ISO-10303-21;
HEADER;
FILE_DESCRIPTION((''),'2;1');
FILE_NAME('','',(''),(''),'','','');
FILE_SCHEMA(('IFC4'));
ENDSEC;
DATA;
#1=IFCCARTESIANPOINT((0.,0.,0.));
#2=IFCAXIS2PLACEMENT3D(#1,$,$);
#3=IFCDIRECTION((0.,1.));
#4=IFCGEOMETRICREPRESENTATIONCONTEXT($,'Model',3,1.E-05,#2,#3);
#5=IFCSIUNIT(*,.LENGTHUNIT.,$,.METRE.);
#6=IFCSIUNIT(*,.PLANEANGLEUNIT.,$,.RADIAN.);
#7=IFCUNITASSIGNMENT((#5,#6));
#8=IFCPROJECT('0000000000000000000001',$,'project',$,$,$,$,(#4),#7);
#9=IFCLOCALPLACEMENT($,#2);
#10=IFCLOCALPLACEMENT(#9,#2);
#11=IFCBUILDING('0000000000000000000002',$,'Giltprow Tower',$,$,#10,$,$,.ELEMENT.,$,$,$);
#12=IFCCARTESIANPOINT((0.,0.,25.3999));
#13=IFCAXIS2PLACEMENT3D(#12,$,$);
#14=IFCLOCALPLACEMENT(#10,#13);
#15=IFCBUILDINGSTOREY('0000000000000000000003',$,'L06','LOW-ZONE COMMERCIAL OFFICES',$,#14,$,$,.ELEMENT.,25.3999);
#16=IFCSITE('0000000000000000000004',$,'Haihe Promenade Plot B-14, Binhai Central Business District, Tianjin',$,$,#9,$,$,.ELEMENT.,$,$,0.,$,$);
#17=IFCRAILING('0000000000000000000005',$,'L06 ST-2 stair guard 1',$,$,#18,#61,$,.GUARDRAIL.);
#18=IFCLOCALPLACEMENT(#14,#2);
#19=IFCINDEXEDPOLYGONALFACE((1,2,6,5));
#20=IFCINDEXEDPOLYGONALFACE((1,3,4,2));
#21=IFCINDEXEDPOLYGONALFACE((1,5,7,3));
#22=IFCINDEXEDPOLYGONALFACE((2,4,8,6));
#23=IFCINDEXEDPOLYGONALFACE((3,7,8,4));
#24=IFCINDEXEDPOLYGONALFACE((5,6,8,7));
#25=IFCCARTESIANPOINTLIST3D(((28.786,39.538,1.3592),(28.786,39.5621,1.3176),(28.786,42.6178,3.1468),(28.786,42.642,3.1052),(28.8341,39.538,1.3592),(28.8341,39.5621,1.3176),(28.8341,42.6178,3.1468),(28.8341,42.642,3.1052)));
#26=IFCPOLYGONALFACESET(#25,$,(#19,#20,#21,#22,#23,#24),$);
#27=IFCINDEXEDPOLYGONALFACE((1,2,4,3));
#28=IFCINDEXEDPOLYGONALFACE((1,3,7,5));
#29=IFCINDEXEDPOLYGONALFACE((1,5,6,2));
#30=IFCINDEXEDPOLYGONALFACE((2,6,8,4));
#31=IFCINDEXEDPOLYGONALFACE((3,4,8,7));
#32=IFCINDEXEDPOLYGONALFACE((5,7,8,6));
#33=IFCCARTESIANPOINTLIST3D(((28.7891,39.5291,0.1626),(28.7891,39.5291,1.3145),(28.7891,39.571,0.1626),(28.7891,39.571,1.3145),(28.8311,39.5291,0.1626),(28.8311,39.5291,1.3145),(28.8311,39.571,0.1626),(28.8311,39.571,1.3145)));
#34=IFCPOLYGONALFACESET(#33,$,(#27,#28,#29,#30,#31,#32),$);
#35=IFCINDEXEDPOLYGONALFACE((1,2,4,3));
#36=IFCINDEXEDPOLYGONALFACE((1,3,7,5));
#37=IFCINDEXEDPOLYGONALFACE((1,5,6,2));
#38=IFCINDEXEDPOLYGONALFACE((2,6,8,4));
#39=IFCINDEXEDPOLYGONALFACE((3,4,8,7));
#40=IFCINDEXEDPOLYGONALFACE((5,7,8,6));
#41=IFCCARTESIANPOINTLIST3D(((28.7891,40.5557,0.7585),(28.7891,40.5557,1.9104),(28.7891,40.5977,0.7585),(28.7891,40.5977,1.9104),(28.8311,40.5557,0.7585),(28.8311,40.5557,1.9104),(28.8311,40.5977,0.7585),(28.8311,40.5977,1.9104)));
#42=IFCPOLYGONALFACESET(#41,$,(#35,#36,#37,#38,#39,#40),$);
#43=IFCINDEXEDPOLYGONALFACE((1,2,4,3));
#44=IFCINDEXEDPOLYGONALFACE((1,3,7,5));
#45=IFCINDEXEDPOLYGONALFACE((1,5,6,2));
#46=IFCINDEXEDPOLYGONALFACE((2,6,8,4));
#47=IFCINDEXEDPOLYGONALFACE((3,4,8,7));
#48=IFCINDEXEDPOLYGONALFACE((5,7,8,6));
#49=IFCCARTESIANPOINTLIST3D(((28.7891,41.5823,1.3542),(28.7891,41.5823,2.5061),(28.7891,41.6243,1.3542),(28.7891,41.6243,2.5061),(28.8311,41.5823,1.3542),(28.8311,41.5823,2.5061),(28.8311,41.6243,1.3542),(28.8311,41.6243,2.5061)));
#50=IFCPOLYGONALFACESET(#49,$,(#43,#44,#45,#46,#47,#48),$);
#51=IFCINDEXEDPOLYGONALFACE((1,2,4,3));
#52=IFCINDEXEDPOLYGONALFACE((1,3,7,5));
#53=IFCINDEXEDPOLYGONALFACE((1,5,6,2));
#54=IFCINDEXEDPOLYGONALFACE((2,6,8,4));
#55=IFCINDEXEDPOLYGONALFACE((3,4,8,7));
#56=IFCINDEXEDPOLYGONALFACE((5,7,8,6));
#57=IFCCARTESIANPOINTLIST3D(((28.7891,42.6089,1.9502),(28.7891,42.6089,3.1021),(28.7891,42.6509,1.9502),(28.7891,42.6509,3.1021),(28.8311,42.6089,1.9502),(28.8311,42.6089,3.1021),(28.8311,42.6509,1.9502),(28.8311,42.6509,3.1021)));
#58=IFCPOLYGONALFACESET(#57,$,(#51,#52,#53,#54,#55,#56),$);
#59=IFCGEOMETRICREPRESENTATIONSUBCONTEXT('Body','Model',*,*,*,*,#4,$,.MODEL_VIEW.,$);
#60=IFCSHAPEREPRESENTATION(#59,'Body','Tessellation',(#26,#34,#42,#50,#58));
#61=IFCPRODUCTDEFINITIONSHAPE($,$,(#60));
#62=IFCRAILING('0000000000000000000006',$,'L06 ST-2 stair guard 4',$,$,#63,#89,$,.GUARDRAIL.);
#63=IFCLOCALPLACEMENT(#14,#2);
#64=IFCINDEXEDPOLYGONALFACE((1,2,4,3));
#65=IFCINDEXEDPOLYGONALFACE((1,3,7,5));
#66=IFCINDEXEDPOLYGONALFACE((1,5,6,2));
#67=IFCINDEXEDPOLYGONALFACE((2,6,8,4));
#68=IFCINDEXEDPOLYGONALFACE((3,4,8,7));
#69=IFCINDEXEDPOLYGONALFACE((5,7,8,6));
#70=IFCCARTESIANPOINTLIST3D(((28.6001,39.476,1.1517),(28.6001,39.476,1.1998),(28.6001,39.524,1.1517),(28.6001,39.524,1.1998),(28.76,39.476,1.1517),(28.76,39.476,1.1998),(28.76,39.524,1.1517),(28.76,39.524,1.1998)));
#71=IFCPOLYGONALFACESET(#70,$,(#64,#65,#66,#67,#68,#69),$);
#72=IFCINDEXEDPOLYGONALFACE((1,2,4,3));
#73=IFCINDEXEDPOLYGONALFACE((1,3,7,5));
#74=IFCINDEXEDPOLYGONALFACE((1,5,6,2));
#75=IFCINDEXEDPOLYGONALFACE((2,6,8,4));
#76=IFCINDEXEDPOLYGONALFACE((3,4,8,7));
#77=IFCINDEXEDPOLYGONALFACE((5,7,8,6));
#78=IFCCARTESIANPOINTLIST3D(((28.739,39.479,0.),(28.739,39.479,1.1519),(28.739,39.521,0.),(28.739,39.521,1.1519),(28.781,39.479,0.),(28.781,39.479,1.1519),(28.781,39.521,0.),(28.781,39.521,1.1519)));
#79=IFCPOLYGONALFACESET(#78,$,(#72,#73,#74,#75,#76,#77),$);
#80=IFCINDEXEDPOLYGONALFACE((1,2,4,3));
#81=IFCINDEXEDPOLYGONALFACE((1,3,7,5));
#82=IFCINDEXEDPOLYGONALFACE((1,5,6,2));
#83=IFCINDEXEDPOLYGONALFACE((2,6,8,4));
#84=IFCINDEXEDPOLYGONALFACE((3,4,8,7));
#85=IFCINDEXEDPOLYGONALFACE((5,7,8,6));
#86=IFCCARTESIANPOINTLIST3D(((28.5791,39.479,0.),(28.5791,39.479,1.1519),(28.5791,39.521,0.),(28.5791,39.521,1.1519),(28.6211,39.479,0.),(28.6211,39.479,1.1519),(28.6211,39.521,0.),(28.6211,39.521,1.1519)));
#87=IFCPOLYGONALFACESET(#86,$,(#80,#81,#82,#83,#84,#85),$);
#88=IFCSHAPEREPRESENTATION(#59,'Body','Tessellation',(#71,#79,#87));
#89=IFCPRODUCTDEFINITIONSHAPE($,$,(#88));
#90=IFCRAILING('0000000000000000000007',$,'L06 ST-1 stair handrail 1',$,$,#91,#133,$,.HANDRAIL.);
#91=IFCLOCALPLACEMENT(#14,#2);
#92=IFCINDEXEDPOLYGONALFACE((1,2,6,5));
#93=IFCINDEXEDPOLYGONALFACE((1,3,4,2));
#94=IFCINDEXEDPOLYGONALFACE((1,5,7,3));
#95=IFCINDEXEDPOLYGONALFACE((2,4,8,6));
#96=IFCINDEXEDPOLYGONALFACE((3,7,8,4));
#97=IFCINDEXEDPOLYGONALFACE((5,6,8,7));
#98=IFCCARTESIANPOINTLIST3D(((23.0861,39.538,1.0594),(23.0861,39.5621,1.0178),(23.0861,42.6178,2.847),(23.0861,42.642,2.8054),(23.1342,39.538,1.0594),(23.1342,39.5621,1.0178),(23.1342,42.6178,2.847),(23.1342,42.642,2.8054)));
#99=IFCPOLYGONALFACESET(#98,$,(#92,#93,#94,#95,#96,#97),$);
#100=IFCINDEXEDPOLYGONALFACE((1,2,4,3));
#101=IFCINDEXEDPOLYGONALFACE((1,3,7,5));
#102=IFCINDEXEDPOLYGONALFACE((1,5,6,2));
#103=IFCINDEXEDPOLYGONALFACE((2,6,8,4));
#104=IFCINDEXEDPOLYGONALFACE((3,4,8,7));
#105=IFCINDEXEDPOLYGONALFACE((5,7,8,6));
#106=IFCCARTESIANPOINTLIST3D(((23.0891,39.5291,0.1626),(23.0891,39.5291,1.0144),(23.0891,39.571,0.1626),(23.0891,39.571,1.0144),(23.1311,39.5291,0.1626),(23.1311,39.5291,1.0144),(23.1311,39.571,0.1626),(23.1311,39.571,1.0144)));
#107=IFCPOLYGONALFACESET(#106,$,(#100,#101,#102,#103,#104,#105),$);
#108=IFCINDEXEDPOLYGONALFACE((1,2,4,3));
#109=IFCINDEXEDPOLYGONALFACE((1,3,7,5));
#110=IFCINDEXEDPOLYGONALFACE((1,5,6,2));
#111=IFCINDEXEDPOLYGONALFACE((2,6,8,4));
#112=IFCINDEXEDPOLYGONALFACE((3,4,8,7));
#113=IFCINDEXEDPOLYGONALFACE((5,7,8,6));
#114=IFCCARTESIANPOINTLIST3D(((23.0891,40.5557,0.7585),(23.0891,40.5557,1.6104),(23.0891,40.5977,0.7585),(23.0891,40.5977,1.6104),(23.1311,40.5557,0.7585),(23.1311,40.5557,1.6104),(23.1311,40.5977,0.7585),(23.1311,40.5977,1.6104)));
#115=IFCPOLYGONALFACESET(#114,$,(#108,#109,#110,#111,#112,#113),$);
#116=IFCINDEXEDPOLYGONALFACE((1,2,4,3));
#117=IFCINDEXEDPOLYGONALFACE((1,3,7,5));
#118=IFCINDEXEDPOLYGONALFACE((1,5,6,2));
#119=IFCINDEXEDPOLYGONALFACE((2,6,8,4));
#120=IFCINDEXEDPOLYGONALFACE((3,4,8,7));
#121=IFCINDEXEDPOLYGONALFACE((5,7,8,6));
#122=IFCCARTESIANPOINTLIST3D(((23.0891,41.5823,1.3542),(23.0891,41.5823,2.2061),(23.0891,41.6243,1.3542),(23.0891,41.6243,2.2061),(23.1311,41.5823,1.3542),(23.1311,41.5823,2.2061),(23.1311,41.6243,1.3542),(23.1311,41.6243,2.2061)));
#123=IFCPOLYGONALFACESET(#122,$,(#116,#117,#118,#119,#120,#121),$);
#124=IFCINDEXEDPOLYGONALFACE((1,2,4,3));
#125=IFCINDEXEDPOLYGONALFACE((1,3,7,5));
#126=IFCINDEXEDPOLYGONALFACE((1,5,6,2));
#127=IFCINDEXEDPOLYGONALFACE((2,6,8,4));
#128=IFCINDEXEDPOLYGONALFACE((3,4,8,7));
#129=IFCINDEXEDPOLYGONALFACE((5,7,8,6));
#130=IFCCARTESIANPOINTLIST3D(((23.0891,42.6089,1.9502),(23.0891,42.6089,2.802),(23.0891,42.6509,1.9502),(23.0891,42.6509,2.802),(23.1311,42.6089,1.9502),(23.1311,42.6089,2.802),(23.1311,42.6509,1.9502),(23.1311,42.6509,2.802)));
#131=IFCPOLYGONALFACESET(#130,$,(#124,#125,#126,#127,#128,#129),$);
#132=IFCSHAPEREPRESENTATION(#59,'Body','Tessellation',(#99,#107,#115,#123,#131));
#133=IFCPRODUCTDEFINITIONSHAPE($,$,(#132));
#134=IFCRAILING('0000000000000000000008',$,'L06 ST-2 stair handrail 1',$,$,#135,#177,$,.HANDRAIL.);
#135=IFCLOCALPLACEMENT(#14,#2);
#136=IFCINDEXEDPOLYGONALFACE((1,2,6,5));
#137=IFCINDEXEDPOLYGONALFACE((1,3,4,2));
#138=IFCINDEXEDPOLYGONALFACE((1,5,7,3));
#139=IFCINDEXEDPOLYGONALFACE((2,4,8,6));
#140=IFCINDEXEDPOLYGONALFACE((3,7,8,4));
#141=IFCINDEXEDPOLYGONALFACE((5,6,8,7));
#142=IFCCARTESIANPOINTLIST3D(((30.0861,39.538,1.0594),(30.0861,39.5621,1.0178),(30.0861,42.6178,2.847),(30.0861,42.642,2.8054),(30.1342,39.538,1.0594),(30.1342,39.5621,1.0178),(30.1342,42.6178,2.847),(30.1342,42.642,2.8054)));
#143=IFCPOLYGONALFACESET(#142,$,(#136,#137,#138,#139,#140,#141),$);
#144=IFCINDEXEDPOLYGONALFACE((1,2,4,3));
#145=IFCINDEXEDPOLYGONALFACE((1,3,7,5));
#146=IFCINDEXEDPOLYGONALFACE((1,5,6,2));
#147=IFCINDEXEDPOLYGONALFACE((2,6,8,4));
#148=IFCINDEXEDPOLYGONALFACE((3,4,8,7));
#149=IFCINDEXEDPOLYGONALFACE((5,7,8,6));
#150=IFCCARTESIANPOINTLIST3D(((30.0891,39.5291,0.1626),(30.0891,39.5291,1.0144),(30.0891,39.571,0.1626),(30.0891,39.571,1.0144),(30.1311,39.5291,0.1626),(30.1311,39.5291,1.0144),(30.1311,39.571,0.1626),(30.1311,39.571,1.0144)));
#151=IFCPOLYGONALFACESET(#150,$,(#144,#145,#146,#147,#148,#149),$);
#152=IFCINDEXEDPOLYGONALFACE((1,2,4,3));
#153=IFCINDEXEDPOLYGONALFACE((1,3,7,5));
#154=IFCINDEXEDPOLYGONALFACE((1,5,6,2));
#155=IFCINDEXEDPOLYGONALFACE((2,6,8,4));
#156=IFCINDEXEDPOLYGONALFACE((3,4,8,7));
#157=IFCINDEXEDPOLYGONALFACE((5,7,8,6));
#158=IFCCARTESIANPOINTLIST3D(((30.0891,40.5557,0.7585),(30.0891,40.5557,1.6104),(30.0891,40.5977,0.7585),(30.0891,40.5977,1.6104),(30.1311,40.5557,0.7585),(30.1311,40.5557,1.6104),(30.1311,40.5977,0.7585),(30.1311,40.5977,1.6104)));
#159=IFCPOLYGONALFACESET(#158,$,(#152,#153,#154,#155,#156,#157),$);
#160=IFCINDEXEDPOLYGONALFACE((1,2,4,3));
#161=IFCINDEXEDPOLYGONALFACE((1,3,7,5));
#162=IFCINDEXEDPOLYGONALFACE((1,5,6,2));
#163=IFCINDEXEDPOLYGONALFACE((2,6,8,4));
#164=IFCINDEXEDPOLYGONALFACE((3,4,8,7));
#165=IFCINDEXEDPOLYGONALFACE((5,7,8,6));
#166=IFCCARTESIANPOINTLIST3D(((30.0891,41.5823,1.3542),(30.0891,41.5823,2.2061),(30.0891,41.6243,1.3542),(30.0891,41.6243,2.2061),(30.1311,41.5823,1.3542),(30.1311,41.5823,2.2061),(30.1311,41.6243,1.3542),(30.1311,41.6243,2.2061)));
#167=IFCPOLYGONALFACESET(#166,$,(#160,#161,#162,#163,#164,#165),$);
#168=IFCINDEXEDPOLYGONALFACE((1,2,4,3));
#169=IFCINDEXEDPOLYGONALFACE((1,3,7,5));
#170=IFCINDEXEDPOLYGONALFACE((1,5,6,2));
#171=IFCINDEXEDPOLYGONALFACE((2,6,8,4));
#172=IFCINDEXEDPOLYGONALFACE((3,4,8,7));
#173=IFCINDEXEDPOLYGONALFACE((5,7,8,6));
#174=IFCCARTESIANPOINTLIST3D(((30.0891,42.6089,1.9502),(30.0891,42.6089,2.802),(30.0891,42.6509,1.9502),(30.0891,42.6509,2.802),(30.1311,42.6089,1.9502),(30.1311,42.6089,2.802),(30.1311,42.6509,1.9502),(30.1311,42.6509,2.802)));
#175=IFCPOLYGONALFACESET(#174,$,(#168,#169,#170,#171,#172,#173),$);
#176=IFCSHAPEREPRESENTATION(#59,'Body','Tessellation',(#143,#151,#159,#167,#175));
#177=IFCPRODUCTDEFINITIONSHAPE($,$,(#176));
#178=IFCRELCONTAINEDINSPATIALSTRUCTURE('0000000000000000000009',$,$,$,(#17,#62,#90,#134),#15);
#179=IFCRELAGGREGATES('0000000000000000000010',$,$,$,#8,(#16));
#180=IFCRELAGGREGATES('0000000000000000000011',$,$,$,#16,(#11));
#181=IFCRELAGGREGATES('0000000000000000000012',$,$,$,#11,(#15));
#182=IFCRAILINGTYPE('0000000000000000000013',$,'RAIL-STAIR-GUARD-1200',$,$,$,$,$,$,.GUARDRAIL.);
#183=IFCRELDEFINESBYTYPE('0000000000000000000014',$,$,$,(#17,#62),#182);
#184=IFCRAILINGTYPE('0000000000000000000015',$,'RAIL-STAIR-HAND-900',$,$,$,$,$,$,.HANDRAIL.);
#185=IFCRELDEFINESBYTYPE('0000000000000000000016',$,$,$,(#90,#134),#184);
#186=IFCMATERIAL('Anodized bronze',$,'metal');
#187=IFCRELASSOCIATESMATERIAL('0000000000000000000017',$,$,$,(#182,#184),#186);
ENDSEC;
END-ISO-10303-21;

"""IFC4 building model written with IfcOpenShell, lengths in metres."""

from ifc_helpers import new_model, si_unit, direction, frame, origin, origin_2d, place, context, subcontext, project, spatial, rectangle, extrude, material, type_object, element, save


model = new_model("IFC4")

# Units and contexts
model_context = context("Model", 3, precision=1e-05, world=origin(), true_north=direction((0.0, 1.0)))
body_context = subcontext(model_context, "Body", "Model", "MODEL_VIEW")
ifc_project = project(units=[si_unit("LENGTHUNIT", "METRE"), si_unit("PLANEANGLEUNIT", "RADIAN")], contexts=[model_context])

# Site, building, storey
site_placement = place(None, origin())
site = spatial("IfcSite", under=ifc_project, at=site_placement, Name="Haihe Promenade Plot B-14, Binhai Central Business District, Tianjin", CompositionType="ELEMENT", RefElevation=0.0)
building_placement = place(site_placement, origin())
building = spatial("IfcBuilding", under=site, at=building_placement, Name="Giltprow Tower", CompositionType="ELEMENT")
storey_placement = place(building_placement, frame((0.0, 0.0, 25.3999)))
storey = spatial("IfcBuildingStorey", under=building, at=storey_placement, Name="L06", Description="LOW-ZONE COMMERCIAL OFFICES", CompositionType="ELEMENT", Elevation=25.3999)

# Railings
ifc_material_1 = material(Name="Anodized bronze", Category="metal")
railing_type_1 = type_object("IfcRailingType", Name="RAIL-STAIR-GUARD-1200", PredefinedType="GUARDRAIL", material=ifc_material_1)
railing_1_placement = place(storey_placement, frame((28.8101, 39.55, 0.1626)))
element("IfcRailing", 1, at=railing_1_placement, inside=storey, type_object=railing_type_1, Name="L06 ST-2 stair guard 1", PredefinedType="GUARDRAIL", context=body_context, shape_type="SweptSolid", body=[
    extrude(rectangle(XDim=0.0481, YDim=0.0481, at=origin_2d()), frame((0.0, 0.0, 1.1758), z_axis=(0.0, 0.864873, 0.50199), x_axis=(-1.0, 0.0, 0.0)), (0.0, 0.0, 1.0), 3.561),
    extrude(rectangle(XDim=0.042, YDim=0.042, at=origin_2d()), origin(), (0.0, 0.0, 1.0), 1.1519),
    extrude(rectangle(XDim=0.042, YDim=0.042, at=origin_2d()), frame((0.0, 1.0266, 0.5959)), (0.0, 0.0, 1.0), 1.1519),
    extrude(rectangle(XDim=0.042, YDim=0.042, at=origin_2d()), frame((0.0, 2.0532, 1.1917)), (0.0, 0.0, 1.0), 1.1519),
    extrude(rectangle(XDim=0.042, YDim=0.042, at=origin_2d()), frame((0.0, 3.0798, 1.7876)), (0.0, 0.0, 1.0), 1.1519),
])
railing_2_placement = place(storey_placement, frame((28.76, 39.5, 0.0)))
element("IfcRailing", 2, at=railing_2_placement, inside=storey, type_object=railing_type_1, Name="L06 ST-2 stair guard 4", PredefinedType="GUARDRAIL", context=body_context, shape_type="SweptSolid", body=[
    extrude(rectangle(XDim=0.0481, YDim=0.0481, at=origin_2d()), frame((0.0, 0.0, 1.1758), z_axis=(-1.0, 0.0, 0.0), x_axis=(0.0, -1.0, 0.0)), (0.0, 0.0, 1.0), 0.1599),
    extrude(rectangle(XDim=0.042, YDim=0.042, at=origin_2d()), origin(), (0.0, 0.0, 1.0), 1.1519),
    extrude(rectangle(XDim=0.042, YDim=0.042, at=origin_2d()), frame((-0.1599, 0.0, 0.0)), (0.0, 0.0, 1.0), 1.1519),
])
railing_type_2 = type_object("IfcRailingType", Name="RAIL-STAIR-HAND-900", PredefinedType="HANDRAIL", material=ifc_material_1)
for number, where, name in (
    (3, (23.1101, 39.55, 0.1626), "L06 ST-1 stair handrail 1"),
    (4, (30.1101, 39.55, 0.1626), "L06 ST-2 stair handrail 1"),
):
    element("IfcRailing", number, at=place(storey_placement, frame(where)), inside=storey, type_object=railing_type_2, Name=name, PredefinedType="HANDRAIL", context=body_context, shape_type="SweptSolid", body=[
        extrude(rectangle(XDim=0.0481, YDim=0.0481, at=origin_2d()), frame((0.0, 0.0, 0.876), z_axis=(0.0, 0.864873, 0.50199), x_axis=(-1.0, 0.0, 0.0)), (0.0, 0.0, 1.0), 3.561),
        extrude(rectangle(XDim=0.042, YDim=0.042, at=origin_2d()), origin(), (0.0, 0.0, 1.0), 0.8518),
        extrude(rectangle(XDim=0.042, YDim=0.042, at=origin_2d()), frame((0.0, 1.0266, 0.5959)), (0.0, 0.0, 1.0), 0.8518),
        extrude(rectangle(XDim=0.042, YDim=0.042, at=origin_2d()), frame((0.0, 2.0532, 1.1917)), (0.0, 0.0, 1.0), 0.8518),
        extrude(rectangle(XDim=0.042, YDim=0.042, at=origin_2d()), frame((0.0, 3.0798, 1.7876)), (0.0, 0.0, 1.0), 0.8518),
    ])

save(model, "model.ifc")
